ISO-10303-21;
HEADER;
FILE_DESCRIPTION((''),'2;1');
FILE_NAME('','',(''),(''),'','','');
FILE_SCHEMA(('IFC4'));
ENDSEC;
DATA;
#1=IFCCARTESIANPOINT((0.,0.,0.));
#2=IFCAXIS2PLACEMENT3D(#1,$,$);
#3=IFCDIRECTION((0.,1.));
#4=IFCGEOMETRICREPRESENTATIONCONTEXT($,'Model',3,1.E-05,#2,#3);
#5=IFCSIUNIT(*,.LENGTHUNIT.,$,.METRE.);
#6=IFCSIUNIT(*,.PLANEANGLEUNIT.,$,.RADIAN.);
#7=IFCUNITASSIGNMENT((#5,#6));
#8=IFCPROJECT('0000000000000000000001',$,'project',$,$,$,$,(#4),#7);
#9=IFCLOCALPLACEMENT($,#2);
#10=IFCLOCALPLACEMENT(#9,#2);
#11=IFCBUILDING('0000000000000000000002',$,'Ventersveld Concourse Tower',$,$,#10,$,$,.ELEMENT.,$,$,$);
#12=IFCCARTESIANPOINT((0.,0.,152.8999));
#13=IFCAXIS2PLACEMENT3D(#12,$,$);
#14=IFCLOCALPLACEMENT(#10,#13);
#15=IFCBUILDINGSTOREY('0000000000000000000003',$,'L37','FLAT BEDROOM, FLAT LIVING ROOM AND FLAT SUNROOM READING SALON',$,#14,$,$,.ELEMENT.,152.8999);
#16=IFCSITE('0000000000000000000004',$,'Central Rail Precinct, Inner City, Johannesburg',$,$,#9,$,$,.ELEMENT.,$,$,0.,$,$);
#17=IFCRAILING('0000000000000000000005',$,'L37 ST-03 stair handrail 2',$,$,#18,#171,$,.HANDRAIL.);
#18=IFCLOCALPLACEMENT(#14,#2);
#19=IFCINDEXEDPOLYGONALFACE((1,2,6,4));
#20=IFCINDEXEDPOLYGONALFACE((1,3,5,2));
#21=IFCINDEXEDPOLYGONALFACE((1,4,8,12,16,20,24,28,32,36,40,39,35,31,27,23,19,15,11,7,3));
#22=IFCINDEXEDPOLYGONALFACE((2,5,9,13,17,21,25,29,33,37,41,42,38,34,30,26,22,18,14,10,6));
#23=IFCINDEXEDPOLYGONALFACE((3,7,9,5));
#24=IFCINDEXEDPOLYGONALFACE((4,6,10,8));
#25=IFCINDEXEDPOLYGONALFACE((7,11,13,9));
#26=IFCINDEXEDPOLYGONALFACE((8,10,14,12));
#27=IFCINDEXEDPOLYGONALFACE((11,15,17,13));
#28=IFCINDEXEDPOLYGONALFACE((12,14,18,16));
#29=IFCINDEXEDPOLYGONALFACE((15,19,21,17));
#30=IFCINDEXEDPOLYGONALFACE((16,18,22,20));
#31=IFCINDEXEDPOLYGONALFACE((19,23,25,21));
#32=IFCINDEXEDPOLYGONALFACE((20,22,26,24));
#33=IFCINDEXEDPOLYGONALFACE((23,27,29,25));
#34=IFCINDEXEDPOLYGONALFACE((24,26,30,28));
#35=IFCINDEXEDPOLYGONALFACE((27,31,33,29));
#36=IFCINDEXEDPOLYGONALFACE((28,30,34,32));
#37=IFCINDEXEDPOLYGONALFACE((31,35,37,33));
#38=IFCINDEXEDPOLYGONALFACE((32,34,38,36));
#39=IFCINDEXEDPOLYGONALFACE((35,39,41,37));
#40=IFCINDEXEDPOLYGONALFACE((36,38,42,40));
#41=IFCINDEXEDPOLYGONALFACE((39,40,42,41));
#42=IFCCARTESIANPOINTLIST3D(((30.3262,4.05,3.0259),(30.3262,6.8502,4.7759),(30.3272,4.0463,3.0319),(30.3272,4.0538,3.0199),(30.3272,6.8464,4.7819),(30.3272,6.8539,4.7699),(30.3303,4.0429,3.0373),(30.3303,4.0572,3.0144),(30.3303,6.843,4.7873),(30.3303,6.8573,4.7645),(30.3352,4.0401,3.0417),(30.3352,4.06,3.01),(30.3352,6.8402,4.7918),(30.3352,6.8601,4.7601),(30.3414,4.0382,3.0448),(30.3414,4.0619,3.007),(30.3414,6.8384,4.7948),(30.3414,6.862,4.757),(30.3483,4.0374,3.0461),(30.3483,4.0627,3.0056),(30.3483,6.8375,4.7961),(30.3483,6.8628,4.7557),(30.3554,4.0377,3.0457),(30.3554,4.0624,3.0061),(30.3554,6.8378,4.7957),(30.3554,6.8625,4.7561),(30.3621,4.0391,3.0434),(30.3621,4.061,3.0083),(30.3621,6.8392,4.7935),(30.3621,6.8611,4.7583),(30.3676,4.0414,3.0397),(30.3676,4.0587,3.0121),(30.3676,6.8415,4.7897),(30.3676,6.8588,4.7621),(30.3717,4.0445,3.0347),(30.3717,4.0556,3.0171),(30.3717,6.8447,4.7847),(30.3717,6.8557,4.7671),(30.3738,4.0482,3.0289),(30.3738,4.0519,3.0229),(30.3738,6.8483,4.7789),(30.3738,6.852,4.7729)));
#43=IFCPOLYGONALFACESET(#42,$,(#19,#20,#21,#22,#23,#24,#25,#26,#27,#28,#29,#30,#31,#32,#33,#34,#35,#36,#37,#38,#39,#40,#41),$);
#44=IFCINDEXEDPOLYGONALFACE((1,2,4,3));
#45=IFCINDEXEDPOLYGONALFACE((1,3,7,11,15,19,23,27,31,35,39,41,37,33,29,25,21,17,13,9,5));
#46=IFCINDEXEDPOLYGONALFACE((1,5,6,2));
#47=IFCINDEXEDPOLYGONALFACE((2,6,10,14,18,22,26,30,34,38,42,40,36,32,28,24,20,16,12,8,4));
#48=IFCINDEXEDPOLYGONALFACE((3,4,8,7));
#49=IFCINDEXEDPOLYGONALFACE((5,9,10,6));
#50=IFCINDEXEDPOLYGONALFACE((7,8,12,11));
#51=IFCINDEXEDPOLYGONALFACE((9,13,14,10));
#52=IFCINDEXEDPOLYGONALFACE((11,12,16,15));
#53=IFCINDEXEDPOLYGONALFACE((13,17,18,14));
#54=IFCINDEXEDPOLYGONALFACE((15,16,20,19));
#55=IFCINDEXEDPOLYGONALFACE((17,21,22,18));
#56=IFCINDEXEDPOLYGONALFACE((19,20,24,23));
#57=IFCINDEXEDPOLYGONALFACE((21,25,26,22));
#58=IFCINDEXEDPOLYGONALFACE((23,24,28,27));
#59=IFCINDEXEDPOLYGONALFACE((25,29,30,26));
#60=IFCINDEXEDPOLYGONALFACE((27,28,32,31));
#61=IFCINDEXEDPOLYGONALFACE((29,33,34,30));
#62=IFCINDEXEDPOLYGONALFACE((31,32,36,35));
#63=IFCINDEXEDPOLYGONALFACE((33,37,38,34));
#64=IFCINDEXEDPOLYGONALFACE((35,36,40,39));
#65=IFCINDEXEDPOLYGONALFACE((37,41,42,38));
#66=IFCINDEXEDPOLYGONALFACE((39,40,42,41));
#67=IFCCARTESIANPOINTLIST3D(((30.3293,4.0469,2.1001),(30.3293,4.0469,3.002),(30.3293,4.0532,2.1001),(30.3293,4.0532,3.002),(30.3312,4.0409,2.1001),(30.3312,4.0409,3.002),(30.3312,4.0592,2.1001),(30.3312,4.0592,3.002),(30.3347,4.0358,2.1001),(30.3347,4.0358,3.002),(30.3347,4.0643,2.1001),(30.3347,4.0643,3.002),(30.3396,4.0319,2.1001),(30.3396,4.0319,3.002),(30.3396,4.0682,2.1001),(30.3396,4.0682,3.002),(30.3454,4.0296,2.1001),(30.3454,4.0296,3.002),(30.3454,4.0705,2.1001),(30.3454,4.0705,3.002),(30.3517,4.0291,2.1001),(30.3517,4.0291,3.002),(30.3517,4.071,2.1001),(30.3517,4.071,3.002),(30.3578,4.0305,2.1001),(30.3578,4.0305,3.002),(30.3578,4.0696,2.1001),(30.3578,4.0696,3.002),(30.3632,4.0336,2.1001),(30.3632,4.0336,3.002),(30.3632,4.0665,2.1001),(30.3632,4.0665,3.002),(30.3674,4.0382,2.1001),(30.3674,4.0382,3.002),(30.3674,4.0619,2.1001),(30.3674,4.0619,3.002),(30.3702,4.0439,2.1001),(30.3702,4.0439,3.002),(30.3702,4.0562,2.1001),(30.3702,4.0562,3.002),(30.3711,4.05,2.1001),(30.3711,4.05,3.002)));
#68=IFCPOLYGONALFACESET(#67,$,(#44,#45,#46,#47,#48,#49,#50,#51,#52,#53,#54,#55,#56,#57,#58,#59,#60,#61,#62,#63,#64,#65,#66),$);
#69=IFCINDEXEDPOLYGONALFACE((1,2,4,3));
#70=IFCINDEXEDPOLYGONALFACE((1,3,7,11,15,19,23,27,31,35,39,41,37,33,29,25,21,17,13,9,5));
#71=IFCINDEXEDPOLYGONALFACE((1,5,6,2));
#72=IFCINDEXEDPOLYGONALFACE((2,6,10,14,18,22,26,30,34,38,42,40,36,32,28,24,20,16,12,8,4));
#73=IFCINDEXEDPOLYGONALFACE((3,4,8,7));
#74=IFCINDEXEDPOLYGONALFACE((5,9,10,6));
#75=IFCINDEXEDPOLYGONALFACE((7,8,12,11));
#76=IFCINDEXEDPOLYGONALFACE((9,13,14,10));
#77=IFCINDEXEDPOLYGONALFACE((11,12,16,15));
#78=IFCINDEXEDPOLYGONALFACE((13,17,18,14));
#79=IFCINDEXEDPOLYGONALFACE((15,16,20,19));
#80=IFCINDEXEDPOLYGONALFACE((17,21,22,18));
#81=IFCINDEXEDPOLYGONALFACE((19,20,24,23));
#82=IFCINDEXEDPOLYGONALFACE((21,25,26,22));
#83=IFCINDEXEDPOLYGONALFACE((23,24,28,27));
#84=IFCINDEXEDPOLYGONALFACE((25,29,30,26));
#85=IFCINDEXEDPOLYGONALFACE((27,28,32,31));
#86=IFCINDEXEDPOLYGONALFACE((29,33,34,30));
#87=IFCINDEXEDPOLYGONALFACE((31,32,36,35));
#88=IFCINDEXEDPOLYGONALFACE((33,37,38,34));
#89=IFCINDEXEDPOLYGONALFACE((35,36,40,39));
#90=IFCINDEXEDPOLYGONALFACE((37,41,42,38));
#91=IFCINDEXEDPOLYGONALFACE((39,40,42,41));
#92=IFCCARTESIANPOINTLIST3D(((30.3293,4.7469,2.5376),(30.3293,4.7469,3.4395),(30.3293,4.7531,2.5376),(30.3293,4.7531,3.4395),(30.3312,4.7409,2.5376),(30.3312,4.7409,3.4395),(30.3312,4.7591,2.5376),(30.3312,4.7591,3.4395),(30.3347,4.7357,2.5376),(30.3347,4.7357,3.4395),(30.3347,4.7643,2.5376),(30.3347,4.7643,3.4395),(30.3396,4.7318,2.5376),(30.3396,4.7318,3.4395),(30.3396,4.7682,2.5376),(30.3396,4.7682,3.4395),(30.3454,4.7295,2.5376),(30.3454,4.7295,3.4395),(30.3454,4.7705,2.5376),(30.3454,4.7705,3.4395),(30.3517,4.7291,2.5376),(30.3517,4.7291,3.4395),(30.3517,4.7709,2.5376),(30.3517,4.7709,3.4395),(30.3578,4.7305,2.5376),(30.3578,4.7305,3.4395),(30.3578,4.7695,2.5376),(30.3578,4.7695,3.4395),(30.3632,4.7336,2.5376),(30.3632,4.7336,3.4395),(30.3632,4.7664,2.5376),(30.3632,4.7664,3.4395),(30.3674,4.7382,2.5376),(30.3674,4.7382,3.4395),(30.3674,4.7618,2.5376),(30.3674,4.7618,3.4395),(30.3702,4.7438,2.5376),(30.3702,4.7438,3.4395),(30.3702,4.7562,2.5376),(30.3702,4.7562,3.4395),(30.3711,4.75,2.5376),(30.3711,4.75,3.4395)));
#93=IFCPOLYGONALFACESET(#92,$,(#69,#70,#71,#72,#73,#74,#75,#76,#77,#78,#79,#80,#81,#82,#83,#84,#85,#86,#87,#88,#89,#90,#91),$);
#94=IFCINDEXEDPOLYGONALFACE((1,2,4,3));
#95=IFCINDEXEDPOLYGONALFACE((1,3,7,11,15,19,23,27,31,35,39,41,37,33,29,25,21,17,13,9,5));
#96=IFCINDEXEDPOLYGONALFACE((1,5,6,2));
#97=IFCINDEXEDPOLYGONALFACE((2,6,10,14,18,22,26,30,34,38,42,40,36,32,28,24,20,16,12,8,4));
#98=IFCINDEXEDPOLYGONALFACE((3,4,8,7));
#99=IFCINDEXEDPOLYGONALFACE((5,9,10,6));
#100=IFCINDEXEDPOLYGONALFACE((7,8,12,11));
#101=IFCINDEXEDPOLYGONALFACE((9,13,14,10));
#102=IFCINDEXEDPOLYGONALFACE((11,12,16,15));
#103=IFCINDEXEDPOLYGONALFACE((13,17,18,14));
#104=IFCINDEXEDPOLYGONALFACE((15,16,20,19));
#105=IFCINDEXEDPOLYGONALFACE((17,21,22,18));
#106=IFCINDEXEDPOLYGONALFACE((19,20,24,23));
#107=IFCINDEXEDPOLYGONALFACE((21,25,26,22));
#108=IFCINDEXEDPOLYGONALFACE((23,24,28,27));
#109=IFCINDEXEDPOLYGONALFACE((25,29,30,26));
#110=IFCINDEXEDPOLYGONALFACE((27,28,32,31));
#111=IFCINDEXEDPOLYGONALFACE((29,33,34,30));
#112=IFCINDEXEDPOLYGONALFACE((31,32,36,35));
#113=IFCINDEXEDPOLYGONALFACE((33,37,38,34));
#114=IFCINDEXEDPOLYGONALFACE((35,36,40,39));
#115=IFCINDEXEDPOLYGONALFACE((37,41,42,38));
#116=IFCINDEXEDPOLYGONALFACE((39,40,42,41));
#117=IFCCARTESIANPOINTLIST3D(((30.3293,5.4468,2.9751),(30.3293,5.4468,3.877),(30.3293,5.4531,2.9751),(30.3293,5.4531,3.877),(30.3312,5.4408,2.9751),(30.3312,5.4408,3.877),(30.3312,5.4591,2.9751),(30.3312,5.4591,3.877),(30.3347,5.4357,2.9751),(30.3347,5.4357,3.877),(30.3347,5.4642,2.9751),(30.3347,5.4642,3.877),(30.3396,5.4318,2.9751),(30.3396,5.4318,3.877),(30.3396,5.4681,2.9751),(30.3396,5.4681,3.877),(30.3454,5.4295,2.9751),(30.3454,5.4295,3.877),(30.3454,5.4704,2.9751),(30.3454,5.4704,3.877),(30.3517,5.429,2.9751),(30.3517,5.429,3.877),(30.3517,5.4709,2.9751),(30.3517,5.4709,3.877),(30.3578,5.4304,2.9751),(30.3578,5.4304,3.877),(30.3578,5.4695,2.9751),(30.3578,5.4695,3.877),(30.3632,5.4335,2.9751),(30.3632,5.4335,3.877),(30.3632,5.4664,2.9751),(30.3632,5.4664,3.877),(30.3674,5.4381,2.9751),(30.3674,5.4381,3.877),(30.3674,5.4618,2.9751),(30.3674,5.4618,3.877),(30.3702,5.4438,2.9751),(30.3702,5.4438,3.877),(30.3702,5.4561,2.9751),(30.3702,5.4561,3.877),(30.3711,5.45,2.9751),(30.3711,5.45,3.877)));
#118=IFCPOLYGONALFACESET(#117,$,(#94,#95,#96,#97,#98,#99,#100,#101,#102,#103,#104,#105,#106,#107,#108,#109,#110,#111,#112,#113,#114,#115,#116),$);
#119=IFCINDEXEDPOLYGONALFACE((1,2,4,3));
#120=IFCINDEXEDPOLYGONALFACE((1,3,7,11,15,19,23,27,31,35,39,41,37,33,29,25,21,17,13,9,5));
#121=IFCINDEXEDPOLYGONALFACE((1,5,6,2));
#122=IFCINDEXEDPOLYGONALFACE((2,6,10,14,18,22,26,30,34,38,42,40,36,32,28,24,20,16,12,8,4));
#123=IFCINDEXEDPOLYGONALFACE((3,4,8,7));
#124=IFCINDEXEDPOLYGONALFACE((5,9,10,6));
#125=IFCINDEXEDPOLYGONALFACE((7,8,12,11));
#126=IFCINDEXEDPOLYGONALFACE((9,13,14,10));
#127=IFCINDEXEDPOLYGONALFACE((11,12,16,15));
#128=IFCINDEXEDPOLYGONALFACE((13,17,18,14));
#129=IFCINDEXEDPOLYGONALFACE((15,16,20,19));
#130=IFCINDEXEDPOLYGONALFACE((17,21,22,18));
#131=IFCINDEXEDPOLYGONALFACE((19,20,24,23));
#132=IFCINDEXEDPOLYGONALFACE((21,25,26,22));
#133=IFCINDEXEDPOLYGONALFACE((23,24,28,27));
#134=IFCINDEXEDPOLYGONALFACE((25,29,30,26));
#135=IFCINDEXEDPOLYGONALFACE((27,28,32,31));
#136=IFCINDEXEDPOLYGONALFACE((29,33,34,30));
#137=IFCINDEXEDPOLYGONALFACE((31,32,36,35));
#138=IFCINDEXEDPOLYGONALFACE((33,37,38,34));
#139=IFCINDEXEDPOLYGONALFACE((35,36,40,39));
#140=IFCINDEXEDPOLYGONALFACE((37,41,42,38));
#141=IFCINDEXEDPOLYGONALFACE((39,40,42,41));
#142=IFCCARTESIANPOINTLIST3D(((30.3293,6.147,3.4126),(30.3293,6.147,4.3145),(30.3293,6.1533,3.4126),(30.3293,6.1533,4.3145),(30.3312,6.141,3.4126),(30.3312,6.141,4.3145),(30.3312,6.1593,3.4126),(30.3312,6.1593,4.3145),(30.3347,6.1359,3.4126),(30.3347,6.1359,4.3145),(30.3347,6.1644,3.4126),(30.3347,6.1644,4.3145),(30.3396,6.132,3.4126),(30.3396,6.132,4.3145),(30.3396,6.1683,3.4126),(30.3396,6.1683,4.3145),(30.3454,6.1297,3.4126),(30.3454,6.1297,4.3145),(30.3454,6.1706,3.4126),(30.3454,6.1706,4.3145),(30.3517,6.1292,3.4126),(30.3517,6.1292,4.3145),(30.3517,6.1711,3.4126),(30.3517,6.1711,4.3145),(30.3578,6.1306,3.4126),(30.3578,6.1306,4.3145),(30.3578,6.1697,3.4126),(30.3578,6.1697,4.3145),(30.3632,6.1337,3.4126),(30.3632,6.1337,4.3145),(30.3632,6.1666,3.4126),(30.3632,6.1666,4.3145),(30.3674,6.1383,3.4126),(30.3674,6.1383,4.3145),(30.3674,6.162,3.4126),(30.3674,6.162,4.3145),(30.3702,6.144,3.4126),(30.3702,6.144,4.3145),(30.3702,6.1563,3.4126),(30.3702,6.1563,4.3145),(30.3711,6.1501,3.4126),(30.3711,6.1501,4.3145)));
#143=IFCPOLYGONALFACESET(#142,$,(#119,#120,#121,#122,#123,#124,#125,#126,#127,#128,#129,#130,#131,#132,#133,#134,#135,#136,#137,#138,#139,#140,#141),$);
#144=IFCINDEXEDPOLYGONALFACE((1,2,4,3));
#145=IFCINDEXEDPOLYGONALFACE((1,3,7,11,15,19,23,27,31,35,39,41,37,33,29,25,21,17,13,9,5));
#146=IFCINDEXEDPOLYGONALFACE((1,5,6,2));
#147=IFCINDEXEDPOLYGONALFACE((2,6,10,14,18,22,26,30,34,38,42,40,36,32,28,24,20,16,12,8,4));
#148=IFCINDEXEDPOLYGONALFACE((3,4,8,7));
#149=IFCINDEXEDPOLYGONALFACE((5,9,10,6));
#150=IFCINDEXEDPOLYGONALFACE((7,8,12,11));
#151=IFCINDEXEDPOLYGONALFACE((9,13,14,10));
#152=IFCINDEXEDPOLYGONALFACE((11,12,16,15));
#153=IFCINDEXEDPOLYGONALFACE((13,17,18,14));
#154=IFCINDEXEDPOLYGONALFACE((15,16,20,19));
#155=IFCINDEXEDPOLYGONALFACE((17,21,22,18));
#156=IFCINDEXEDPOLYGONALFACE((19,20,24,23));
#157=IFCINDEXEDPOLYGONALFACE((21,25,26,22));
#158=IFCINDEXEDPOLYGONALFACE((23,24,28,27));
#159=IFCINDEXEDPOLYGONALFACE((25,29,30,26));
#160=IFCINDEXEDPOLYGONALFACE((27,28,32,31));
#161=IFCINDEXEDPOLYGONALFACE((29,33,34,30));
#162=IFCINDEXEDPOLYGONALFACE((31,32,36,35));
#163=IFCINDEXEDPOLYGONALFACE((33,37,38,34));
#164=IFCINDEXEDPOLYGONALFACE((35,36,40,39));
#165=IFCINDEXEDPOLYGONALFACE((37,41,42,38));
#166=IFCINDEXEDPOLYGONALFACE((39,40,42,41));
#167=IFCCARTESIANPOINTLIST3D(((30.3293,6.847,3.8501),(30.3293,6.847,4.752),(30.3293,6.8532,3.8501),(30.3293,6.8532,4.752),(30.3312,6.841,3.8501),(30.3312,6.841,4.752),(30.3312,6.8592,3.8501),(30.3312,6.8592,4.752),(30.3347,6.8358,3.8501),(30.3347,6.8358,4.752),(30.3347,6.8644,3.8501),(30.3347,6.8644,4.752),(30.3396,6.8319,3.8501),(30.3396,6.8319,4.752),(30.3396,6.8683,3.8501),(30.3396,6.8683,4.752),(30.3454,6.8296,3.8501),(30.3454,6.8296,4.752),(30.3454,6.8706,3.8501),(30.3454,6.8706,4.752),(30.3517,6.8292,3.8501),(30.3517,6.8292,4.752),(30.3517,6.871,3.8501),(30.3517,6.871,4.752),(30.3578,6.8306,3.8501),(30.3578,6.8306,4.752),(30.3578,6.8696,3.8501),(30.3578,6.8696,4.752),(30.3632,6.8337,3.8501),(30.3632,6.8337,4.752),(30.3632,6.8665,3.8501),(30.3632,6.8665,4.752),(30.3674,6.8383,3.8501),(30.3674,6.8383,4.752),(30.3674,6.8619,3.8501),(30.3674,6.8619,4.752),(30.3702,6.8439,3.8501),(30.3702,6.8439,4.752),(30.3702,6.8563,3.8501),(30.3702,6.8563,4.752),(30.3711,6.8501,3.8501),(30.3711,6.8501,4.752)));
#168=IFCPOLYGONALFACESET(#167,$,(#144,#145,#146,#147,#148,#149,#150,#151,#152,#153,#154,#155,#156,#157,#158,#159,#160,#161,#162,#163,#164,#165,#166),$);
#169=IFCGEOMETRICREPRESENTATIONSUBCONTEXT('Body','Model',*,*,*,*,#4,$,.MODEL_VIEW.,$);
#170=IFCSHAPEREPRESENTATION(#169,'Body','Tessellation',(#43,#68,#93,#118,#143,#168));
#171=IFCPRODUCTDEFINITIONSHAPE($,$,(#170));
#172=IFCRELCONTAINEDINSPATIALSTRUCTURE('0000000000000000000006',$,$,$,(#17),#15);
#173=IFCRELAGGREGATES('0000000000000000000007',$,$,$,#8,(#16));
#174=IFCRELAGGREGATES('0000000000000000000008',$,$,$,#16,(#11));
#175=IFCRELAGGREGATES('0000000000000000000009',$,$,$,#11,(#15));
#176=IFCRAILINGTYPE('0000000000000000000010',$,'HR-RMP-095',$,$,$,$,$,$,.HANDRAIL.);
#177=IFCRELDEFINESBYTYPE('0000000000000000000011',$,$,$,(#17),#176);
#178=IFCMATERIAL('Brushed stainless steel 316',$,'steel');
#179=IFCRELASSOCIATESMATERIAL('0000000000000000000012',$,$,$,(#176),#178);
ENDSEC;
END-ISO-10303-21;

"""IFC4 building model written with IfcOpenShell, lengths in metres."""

from ifc_helpers import new_model, si_unit, direction, frame, origin, origin_2d, place, context, subcontext, project, spatial, circle, extrude, material, type_object, element, save


model = new_model("IFC4")

# Units and contexts
model_context = context("Model", 3, precision=1e-05, world=origin(), true_north=direction((0.0, 1.0)))
body_context = subcontext(model_context, "Body", "Model", "MODEL_VIEW")
ifc_project = project(units=[si_unit("LENGTHUNIT", "METRE"), si_unit("PLANEANGLEUNIT", "RADIAN")], contexts=[model_context])

# Site, building, storey
site_placement = place(None, origin())
site = spatial("IfcSite", under=ifc_project, at=site_placement, Name="Central Rail Precinct, Inner City, Johannesburg", CompositionType="ELEMENT", RefElevation=0.0)
building_placement = place(site_placement, origin())
building = spatial("IfcBuilding", under=site, at=building_placement, Name="Ventersveld Concourse Tower", CompositionType="ELEMENT")
storey_placement = place(building_placement, frame((0.0, 0.0, 152.8999)))
storey = spatial("IfcBuildingStorey", under=building, at=storey_placement, Name="L37", Description="FLAT BEDROOM, FLAT LIVING ROOM AND FLAT SUNROOM READING SALON", CompositionType="ELEMENT", Elevation=152.8999)

# Shared definitions
ifc_material_1 = material(Name="Brushed stainless steel 316", Category="steel")

# Railing
railing_type_1 = type_object("IfcRailingType", Name="HR-RMP-095", PredefinedType="HANDRAIL", material=ifc_material_1)
railing_1_placement = place(storey_placement, frame((30.3501, 4.05, 2.1001)))
element("IfcRailing", 1, at=railing_1_placement, inside=storey, type_object=railing_type_1, Name="L37 ST-03 stair handrail 2", PredefinedType="HANDRAIL", context=body_context, shape_type="SweptSolid", body=[
    extrude(circle(Radius=0.0239, at=origin_2d()), frame((0.0, 0.0, 0.9258), z_axis=(0.0, 0.848002, 0.529992), x_axis=(-1.0, 0.0, 0.0)), (0.0, 0.0, 1.0), 3.302),
    extrude(circle(Radius=0.021, at=origin_2d()), origin(), (0.0, 0.0, 1.0), 0.9019),
    extrude(circle(Radius=0.021, at=origin_2d()), frame((0.0, 0.7, 0.4375)), (0.0, 0.0, 1.0), 0.9019),
    extrude(circle(Radius=0.021, at=origin_2d()), frame((0.0, 1.3999, 0.875)), (0.0, 0.0, 1.0), 0.9019),
    extrude(circle(Radius=0.021, at=origin_2d()), frame((0.0, 2.1001, 1.3125)), (0.0, 0.0, 1.0), 0.9019),
    extrude(circle(Radius=0.021, at=origin_2d()), frame((0.0, 2.8, 1.75)), (0.0, 0.0, 1.0), 0.9019),
])

save(model, "model.ifc")
